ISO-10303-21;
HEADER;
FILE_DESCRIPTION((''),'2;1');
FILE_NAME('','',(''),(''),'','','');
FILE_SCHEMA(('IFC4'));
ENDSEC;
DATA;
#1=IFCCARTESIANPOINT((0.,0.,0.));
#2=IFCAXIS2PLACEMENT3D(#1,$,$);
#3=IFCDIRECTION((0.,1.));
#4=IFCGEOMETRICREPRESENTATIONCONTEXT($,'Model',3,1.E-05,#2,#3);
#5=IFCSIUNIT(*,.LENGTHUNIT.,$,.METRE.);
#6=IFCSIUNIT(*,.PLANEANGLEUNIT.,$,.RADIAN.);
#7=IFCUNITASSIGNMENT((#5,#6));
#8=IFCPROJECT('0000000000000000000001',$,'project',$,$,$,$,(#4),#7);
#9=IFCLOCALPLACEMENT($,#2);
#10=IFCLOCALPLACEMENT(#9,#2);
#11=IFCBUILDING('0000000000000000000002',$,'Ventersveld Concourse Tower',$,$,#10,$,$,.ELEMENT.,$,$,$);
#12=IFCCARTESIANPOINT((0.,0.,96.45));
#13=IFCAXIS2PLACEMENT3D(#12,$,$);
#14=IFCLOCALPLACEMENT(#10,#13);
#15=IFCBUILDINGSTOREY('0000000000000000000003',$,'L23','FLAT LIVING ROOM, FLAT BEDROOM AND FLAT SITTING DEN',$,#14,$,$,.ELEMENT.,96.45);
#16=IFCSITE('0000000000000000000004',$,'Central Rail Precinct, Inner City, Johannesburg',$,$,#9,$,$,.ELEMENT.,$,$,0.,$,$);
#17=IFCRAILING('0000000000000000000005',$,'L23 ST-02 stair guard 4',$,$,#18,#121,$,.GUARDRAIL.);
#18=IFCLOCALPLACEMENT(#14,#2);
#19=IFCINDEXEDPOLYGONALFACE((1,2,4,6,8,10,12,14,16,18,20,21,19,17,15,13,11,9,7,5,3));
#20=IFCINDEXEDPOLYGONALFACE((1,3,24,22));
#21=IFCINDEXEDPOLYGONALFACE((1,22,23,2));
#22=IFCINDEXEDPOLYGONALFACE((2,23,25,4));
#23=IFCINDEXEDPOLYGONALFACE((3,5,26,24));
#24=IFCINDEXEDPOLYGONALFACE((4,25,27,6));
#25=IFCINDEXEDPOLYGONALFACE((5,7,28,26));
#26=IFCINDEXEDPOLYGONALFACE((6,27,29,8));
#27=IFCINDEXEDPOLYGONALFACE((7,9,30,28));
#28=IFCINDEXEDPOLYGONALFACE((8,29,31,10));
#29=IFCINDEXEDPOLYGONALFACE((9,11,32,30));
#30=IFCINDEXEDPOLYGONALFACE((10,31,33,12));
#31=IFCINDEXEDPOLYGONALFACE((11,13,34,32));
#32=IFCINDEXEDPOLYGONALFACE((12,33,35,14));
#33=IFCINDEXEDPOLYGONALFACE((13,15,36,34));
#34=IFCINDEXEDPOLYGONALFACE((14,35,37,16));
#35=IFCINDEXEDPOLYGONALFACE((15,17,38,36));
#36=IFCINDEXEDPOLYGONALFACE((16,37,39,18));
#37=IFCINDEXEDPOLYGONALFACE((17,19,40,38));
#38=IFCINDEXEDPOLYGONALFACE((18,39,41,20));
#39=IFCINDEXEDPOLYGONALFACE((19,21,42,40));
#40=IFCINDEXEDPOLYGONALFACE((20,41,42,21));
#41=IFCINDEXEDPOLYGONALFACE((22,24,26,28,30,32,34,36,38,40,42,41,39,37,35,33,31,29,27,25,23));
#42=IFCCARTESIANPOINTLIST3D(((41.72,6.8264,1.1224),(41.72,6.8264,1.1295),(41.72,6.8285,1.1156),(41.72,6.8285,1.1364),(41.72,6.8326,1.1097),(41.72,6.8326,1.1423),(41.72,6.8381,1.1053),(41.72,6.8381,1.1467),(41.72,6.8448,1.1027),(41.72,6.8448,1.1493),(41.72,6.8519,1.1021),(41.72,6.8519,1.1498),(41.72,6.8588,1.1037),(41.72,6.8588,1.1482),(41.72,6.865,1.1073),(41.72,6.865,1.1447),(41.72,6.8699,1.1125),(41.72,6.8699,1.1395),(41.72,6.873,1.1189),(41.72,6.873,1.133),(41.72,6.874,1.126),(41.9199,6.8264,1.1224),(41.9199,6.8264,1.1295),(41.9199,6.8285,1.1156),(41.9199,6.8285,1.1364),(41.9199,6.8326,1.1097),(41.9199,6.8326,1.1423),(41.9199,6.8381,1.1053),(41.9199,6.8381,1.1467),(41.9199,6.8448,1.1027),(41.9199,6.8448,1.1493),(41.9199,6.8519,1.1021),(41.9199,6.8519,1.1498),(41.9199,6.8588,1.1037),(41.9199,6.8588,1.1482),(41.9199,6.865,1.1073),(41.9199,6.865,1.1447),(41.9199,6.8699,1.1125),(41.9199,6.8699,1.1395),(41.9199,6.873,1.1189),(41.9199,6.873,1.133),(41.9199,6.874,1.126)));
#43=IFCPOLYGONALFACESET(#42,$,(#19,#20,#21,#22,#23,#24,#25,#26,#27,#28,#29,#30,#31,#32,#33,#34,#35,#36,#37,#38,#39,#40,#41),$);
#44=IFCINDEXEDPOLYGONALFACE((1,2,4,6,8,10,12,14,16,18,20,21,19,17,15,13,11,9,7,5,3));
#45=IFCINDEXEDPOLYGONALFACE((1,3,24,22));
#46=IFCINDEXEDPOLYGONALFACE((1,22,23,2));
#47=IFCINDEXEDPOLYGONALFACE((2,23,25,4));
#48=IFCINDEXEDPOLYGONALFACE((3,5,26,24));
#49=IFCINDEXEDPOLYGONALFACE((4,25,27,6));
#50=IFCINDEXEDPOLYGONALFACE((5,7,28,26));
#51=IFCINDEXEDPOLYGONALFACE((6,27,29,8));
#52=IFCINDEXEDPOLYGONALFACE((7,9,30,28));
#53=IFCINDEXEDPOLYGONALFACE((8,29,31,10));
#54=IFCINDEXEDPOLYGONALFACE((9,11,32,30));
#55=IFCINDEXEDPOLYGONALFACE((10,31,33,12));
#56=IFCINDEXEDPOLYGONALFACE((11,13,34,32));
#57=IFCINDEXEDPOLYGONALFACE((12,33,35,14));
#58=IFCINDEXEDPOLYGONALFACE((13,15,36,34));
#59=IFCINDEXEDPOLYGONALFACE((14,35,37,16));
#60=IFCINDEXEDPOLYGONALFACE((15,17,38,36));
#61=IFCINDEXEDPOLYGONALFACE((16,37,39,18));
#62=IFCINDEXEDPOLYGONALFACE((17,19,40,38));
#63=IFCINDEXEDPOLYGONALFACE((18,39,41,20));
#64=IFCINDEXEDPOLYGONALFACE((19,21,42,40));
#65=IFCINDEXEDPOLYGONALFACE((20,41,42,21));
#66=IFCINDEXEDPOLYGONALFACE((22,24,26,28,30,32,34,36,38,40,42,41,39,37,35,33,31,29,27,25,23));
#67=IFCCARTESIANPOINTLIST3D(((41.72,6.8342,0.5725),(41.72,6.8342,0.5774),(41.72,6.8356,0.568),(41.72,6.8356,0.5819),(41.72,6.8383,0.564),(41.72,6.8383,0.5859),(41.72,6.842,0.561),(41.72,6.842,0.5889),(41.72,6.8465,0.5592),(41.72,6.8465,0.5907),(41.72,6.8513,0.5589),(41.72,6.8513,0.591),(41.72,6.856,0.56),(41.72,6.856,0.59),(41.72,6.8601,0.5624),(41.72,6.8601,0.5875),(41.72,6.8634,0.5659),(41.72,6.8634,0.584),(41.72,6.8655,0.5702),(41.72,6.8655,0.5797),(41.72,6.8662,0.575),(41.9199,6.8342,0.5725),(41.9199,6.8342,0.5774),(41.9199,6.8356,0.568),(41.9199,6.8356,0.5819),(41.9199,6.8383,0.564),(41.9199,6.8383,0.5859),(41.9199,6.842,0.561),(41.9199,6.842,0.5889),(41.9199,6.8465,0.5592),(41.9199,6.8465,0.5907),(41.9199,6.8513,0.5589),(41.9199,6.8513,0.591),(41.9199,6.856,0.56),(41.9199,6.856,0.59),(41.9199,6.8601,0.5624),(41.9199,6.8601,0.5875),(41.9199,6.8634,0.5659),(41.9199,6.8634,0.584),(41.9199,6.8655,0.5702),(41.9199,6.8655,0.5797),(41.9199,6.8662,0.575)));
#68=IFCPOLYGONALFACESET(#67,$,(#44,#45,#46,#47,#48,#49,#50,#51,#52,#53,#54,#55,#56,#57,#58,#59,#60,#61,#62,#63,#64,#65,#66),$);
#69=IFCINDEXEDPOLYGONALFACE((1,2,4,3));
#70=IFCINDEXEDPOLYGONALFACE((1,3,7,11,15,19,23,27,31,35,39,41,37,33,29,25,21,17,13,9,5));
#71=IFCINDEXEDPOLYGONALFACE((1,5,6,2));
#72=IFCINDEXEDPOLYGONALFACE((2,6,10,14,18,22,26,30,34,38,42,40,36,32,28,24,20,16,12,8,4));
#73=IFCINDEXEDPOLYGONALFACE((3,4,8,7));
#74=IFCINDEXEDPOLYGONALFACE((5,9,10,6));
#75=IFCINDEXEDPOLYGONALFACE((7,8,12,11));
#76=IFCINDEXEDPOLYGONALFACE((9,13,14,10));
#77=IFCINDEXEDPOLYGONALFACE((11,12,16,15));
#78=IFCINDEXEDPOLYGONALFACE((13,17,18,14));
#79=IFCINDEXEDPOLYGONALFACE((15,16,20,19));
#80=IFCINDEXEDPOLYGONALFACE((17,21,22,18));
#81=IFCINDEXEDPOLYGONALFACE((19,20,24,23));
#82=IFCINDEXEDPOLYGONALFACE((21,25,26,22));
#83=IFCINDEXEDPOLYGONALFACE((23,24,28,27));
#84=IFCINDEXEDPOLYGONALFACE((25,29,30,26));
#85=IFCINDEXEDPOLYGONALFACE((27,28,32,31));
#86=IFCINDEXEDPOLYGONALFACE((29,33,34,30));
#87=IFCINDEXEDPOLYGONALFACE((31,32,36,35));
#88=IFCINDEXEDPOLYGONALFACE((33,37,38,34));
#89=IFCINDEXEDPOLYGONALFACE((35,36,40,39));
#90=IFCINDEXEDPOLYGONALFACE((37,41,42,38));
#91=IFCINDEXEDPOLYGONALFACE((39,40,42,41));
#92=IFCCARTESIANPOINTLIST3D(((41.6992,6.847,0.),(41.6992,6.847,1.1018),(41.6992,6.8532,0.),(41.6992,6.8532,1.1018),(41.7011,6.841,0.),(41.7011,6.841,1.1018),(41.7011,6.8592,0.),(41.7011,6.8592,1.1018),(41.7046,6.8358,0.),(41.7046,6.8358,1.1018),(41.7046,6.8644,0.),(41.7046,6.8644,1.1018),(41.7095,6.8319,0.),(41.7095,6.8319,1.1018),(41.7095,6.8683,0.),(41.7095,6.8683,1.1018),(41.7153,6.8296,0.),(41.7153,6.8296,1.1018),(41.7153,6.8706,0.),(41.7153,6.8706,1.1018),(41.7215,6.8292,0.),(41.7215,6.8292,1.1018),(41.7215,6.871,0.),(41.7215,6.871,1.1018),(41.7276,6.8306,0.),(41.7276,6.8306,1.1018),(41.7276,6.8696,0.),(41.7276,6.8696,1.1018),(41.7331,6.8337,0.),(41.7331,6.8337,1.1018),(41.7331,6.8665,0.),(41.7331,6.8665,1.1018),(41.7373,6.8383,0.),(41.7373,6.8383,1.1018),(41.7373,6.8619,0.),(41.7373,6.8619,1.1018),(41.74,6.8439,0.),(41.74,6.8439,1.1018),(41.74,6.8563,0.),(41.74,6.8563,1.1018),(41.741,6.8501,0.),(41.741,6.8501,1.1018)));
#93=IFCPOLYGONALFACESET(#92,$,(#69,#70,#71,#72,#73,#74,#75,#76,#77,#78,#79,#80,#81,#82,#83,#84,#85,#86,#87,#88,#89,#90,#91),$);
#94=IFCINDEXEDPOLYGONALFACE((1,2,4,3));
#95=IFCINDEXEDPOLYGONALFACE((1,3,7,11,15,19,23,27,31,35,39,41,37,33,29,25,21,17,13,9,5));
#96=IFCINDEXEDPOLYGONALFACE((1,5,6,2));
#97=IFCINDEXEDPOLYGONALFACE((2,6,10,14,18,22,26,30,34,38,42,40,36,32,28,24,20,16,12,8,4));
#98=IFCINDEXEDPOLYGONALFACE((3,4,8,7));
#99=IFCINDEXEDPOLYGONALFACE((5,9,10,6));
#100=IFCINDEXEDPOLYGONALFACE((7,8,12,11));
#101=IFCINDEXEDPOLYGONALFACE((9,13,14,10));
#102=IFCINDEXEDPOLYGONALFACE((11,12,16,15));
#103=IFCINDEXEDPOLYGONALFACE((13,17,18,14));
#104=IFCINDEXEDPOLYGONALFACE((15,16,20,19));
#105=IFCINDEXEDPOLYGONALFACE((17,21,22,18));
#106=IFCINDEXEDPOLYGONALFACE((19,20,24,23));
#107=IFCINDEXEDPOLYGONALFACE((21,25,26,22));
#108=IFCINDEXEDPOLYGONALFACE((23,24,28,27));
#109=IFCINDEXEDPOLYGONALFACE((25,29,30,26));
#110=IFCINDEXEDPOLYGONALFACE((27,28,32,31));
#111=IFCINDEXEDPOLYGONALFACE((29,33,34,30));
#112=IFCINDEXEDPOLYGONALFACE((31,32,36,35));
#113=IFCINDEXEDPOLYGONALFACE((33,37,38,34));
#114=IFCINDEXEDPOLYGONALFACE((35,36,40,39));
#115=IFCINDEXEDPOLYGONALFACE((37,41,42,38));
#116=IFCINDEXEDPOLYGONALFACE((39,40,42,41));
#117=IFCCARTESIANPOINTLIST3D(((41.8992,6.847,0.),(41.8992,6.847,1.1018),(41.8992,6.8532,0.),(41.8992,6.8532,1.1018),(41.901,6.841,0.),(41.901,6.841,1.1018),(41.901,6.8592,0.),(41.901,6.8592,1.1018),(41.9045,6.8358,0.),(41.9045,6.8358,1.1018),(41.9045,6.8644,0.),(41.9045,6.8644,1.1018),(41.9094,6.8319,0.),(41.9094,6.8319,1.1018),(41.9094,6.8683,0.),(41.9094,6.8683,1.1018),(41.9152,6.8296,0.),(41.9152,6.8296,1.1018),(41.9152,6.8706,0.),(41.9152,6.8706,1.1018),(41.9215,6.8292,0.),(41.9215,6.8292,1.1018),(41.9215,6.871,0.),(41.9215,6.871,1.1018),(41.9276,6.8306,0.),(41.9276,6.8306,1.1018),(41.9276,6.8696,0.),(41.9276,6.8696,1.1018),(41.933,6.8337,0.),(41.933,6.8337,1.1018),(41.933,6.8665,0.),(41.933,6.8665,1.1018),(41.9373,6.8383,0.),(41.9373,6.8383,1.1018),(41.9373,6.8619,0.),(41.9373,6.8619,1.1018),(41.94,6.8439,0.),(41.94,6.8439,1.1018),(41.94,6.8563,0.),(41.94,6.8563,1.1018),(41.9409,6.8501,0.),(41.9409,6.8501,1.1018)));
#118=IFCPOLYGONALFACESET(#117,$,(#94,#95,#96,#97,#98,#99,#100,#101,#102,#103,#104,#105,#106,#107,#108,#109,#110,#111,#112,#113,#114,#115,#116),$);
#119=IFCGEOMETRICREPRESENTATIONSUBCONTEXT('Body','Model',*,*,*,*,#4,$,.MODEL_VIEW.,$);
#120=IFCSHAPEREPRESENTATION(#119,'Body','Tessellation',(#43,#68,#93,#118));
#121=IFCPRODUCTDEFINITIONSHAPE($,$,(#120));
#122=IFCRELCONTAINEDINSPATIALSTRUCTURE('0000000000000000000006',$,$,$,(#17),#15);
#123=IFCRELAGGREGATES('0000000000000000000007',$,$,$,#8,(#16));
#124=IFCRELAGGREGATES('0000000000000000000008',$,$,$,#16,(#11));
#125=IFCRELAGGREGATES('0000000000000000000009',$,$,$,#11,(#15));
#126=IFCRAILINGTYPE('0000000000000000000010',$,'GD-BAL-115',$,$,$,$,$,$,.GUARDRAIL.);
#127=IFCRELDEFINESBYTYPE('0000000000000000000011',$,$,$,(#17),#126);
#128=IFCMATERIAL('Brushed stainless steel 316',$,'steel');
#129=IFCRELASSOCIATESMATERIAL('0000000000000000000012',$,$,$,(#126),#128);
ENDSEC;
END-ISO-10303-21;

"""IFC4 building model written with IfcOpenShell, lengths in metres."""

from ifc_helpers import new_model, si_unit, direction, frame, origin, origin_2d, place, context, subcontext, project, spatial, circle, extrude, material, type_object, element, save


model = new_model("IFC4")

# Units and contexts
model_context = context("Model", 3, precision=1e-05, world=origin(), true_north=direction((0.0, 1.0)))
body_context = subcontext(model_context, "Body", "Model", "MODEL_VIEW")
ifc_project = project(units=[si_unit("LENGTHUNIT", "METRE"), si_unit("PLANEANGLEUNIT", "RADIAN")], contexts=[model_context])

# Site, building, storey
site_placement = place(None, origin())
site = spatial("IfcSite", under=ifc_project, at=site_placement, Name="Central Rail Precinct, Inner City, Johannesburg", CompositionType="ELEMENT", RefElevation=0.0)
building_placement = place(site_placement, origin())
building = spatial("IfcBuilding", under=site, at=building_placement, Name="Ventersveld Concourse Tower", CompositionType="ELEMENT")
storey_placement = place(building_placement, frame((0.0, 0.0, 96.45)))
storey = spatial("IfcBuildingStorey", under=building, at=storey_placement, Name="L23", Description="FLAT LIVING ROOM, FLAT BEDROOM AND FLAT SITTING DEN", CompositionType="ELEMENT", Elevation=96.45)

# Railing
ifc_material_1 = material(Name="Brushed stainless steel 316", Category="steel")
railing_type_1 = type_object("IfcRailingType", Name="GD-BAL-115", PredefinedType="GUARDRAIL", material=ifc_material_1)
railing_1_placement = place(storey_placement, frame((41.72, 6.8501, 0.0)))
element("IfcRailing", 1, at=railing_1_placement, inside=storey, type_object=railing_type_1, Name="L23 ST-02 stair guard 4", PredefinedType="GUARDRAIL", context=body_context, shape_type="SweptSolid", body=[
    extrude(circle(Radius=0.0239, at=origin_2d()), frame((0.0, 0.0, 1.126), z_axis=(1.0, 0.0, 0.0), x_axis=(0.0, 1.0, 0.0)), (0.0, 0.0, 1.0), 0.2),
    extrude(circle(Radius=0.0161, at=origin_2d()), frame((0.0, 0.0, 0.575), z_axis=(1.0, 0.0, 0.0), x_axis=(0.0, 1.0, 0.0)), (0.0, 0.0, 1.0), 0.2),
    extrude(circle(Radius=0.021, at=origin_2d()), origin(), (0.0, 0.0, 1.0), 1.1018),
    extrude(circle(Radius=0.021, at=origin_2d()), frame((0.2, 0.0, 0.0)), (0.0, 0.0, 1.0), 1.1018),
])

save(model, "model.ifc")
